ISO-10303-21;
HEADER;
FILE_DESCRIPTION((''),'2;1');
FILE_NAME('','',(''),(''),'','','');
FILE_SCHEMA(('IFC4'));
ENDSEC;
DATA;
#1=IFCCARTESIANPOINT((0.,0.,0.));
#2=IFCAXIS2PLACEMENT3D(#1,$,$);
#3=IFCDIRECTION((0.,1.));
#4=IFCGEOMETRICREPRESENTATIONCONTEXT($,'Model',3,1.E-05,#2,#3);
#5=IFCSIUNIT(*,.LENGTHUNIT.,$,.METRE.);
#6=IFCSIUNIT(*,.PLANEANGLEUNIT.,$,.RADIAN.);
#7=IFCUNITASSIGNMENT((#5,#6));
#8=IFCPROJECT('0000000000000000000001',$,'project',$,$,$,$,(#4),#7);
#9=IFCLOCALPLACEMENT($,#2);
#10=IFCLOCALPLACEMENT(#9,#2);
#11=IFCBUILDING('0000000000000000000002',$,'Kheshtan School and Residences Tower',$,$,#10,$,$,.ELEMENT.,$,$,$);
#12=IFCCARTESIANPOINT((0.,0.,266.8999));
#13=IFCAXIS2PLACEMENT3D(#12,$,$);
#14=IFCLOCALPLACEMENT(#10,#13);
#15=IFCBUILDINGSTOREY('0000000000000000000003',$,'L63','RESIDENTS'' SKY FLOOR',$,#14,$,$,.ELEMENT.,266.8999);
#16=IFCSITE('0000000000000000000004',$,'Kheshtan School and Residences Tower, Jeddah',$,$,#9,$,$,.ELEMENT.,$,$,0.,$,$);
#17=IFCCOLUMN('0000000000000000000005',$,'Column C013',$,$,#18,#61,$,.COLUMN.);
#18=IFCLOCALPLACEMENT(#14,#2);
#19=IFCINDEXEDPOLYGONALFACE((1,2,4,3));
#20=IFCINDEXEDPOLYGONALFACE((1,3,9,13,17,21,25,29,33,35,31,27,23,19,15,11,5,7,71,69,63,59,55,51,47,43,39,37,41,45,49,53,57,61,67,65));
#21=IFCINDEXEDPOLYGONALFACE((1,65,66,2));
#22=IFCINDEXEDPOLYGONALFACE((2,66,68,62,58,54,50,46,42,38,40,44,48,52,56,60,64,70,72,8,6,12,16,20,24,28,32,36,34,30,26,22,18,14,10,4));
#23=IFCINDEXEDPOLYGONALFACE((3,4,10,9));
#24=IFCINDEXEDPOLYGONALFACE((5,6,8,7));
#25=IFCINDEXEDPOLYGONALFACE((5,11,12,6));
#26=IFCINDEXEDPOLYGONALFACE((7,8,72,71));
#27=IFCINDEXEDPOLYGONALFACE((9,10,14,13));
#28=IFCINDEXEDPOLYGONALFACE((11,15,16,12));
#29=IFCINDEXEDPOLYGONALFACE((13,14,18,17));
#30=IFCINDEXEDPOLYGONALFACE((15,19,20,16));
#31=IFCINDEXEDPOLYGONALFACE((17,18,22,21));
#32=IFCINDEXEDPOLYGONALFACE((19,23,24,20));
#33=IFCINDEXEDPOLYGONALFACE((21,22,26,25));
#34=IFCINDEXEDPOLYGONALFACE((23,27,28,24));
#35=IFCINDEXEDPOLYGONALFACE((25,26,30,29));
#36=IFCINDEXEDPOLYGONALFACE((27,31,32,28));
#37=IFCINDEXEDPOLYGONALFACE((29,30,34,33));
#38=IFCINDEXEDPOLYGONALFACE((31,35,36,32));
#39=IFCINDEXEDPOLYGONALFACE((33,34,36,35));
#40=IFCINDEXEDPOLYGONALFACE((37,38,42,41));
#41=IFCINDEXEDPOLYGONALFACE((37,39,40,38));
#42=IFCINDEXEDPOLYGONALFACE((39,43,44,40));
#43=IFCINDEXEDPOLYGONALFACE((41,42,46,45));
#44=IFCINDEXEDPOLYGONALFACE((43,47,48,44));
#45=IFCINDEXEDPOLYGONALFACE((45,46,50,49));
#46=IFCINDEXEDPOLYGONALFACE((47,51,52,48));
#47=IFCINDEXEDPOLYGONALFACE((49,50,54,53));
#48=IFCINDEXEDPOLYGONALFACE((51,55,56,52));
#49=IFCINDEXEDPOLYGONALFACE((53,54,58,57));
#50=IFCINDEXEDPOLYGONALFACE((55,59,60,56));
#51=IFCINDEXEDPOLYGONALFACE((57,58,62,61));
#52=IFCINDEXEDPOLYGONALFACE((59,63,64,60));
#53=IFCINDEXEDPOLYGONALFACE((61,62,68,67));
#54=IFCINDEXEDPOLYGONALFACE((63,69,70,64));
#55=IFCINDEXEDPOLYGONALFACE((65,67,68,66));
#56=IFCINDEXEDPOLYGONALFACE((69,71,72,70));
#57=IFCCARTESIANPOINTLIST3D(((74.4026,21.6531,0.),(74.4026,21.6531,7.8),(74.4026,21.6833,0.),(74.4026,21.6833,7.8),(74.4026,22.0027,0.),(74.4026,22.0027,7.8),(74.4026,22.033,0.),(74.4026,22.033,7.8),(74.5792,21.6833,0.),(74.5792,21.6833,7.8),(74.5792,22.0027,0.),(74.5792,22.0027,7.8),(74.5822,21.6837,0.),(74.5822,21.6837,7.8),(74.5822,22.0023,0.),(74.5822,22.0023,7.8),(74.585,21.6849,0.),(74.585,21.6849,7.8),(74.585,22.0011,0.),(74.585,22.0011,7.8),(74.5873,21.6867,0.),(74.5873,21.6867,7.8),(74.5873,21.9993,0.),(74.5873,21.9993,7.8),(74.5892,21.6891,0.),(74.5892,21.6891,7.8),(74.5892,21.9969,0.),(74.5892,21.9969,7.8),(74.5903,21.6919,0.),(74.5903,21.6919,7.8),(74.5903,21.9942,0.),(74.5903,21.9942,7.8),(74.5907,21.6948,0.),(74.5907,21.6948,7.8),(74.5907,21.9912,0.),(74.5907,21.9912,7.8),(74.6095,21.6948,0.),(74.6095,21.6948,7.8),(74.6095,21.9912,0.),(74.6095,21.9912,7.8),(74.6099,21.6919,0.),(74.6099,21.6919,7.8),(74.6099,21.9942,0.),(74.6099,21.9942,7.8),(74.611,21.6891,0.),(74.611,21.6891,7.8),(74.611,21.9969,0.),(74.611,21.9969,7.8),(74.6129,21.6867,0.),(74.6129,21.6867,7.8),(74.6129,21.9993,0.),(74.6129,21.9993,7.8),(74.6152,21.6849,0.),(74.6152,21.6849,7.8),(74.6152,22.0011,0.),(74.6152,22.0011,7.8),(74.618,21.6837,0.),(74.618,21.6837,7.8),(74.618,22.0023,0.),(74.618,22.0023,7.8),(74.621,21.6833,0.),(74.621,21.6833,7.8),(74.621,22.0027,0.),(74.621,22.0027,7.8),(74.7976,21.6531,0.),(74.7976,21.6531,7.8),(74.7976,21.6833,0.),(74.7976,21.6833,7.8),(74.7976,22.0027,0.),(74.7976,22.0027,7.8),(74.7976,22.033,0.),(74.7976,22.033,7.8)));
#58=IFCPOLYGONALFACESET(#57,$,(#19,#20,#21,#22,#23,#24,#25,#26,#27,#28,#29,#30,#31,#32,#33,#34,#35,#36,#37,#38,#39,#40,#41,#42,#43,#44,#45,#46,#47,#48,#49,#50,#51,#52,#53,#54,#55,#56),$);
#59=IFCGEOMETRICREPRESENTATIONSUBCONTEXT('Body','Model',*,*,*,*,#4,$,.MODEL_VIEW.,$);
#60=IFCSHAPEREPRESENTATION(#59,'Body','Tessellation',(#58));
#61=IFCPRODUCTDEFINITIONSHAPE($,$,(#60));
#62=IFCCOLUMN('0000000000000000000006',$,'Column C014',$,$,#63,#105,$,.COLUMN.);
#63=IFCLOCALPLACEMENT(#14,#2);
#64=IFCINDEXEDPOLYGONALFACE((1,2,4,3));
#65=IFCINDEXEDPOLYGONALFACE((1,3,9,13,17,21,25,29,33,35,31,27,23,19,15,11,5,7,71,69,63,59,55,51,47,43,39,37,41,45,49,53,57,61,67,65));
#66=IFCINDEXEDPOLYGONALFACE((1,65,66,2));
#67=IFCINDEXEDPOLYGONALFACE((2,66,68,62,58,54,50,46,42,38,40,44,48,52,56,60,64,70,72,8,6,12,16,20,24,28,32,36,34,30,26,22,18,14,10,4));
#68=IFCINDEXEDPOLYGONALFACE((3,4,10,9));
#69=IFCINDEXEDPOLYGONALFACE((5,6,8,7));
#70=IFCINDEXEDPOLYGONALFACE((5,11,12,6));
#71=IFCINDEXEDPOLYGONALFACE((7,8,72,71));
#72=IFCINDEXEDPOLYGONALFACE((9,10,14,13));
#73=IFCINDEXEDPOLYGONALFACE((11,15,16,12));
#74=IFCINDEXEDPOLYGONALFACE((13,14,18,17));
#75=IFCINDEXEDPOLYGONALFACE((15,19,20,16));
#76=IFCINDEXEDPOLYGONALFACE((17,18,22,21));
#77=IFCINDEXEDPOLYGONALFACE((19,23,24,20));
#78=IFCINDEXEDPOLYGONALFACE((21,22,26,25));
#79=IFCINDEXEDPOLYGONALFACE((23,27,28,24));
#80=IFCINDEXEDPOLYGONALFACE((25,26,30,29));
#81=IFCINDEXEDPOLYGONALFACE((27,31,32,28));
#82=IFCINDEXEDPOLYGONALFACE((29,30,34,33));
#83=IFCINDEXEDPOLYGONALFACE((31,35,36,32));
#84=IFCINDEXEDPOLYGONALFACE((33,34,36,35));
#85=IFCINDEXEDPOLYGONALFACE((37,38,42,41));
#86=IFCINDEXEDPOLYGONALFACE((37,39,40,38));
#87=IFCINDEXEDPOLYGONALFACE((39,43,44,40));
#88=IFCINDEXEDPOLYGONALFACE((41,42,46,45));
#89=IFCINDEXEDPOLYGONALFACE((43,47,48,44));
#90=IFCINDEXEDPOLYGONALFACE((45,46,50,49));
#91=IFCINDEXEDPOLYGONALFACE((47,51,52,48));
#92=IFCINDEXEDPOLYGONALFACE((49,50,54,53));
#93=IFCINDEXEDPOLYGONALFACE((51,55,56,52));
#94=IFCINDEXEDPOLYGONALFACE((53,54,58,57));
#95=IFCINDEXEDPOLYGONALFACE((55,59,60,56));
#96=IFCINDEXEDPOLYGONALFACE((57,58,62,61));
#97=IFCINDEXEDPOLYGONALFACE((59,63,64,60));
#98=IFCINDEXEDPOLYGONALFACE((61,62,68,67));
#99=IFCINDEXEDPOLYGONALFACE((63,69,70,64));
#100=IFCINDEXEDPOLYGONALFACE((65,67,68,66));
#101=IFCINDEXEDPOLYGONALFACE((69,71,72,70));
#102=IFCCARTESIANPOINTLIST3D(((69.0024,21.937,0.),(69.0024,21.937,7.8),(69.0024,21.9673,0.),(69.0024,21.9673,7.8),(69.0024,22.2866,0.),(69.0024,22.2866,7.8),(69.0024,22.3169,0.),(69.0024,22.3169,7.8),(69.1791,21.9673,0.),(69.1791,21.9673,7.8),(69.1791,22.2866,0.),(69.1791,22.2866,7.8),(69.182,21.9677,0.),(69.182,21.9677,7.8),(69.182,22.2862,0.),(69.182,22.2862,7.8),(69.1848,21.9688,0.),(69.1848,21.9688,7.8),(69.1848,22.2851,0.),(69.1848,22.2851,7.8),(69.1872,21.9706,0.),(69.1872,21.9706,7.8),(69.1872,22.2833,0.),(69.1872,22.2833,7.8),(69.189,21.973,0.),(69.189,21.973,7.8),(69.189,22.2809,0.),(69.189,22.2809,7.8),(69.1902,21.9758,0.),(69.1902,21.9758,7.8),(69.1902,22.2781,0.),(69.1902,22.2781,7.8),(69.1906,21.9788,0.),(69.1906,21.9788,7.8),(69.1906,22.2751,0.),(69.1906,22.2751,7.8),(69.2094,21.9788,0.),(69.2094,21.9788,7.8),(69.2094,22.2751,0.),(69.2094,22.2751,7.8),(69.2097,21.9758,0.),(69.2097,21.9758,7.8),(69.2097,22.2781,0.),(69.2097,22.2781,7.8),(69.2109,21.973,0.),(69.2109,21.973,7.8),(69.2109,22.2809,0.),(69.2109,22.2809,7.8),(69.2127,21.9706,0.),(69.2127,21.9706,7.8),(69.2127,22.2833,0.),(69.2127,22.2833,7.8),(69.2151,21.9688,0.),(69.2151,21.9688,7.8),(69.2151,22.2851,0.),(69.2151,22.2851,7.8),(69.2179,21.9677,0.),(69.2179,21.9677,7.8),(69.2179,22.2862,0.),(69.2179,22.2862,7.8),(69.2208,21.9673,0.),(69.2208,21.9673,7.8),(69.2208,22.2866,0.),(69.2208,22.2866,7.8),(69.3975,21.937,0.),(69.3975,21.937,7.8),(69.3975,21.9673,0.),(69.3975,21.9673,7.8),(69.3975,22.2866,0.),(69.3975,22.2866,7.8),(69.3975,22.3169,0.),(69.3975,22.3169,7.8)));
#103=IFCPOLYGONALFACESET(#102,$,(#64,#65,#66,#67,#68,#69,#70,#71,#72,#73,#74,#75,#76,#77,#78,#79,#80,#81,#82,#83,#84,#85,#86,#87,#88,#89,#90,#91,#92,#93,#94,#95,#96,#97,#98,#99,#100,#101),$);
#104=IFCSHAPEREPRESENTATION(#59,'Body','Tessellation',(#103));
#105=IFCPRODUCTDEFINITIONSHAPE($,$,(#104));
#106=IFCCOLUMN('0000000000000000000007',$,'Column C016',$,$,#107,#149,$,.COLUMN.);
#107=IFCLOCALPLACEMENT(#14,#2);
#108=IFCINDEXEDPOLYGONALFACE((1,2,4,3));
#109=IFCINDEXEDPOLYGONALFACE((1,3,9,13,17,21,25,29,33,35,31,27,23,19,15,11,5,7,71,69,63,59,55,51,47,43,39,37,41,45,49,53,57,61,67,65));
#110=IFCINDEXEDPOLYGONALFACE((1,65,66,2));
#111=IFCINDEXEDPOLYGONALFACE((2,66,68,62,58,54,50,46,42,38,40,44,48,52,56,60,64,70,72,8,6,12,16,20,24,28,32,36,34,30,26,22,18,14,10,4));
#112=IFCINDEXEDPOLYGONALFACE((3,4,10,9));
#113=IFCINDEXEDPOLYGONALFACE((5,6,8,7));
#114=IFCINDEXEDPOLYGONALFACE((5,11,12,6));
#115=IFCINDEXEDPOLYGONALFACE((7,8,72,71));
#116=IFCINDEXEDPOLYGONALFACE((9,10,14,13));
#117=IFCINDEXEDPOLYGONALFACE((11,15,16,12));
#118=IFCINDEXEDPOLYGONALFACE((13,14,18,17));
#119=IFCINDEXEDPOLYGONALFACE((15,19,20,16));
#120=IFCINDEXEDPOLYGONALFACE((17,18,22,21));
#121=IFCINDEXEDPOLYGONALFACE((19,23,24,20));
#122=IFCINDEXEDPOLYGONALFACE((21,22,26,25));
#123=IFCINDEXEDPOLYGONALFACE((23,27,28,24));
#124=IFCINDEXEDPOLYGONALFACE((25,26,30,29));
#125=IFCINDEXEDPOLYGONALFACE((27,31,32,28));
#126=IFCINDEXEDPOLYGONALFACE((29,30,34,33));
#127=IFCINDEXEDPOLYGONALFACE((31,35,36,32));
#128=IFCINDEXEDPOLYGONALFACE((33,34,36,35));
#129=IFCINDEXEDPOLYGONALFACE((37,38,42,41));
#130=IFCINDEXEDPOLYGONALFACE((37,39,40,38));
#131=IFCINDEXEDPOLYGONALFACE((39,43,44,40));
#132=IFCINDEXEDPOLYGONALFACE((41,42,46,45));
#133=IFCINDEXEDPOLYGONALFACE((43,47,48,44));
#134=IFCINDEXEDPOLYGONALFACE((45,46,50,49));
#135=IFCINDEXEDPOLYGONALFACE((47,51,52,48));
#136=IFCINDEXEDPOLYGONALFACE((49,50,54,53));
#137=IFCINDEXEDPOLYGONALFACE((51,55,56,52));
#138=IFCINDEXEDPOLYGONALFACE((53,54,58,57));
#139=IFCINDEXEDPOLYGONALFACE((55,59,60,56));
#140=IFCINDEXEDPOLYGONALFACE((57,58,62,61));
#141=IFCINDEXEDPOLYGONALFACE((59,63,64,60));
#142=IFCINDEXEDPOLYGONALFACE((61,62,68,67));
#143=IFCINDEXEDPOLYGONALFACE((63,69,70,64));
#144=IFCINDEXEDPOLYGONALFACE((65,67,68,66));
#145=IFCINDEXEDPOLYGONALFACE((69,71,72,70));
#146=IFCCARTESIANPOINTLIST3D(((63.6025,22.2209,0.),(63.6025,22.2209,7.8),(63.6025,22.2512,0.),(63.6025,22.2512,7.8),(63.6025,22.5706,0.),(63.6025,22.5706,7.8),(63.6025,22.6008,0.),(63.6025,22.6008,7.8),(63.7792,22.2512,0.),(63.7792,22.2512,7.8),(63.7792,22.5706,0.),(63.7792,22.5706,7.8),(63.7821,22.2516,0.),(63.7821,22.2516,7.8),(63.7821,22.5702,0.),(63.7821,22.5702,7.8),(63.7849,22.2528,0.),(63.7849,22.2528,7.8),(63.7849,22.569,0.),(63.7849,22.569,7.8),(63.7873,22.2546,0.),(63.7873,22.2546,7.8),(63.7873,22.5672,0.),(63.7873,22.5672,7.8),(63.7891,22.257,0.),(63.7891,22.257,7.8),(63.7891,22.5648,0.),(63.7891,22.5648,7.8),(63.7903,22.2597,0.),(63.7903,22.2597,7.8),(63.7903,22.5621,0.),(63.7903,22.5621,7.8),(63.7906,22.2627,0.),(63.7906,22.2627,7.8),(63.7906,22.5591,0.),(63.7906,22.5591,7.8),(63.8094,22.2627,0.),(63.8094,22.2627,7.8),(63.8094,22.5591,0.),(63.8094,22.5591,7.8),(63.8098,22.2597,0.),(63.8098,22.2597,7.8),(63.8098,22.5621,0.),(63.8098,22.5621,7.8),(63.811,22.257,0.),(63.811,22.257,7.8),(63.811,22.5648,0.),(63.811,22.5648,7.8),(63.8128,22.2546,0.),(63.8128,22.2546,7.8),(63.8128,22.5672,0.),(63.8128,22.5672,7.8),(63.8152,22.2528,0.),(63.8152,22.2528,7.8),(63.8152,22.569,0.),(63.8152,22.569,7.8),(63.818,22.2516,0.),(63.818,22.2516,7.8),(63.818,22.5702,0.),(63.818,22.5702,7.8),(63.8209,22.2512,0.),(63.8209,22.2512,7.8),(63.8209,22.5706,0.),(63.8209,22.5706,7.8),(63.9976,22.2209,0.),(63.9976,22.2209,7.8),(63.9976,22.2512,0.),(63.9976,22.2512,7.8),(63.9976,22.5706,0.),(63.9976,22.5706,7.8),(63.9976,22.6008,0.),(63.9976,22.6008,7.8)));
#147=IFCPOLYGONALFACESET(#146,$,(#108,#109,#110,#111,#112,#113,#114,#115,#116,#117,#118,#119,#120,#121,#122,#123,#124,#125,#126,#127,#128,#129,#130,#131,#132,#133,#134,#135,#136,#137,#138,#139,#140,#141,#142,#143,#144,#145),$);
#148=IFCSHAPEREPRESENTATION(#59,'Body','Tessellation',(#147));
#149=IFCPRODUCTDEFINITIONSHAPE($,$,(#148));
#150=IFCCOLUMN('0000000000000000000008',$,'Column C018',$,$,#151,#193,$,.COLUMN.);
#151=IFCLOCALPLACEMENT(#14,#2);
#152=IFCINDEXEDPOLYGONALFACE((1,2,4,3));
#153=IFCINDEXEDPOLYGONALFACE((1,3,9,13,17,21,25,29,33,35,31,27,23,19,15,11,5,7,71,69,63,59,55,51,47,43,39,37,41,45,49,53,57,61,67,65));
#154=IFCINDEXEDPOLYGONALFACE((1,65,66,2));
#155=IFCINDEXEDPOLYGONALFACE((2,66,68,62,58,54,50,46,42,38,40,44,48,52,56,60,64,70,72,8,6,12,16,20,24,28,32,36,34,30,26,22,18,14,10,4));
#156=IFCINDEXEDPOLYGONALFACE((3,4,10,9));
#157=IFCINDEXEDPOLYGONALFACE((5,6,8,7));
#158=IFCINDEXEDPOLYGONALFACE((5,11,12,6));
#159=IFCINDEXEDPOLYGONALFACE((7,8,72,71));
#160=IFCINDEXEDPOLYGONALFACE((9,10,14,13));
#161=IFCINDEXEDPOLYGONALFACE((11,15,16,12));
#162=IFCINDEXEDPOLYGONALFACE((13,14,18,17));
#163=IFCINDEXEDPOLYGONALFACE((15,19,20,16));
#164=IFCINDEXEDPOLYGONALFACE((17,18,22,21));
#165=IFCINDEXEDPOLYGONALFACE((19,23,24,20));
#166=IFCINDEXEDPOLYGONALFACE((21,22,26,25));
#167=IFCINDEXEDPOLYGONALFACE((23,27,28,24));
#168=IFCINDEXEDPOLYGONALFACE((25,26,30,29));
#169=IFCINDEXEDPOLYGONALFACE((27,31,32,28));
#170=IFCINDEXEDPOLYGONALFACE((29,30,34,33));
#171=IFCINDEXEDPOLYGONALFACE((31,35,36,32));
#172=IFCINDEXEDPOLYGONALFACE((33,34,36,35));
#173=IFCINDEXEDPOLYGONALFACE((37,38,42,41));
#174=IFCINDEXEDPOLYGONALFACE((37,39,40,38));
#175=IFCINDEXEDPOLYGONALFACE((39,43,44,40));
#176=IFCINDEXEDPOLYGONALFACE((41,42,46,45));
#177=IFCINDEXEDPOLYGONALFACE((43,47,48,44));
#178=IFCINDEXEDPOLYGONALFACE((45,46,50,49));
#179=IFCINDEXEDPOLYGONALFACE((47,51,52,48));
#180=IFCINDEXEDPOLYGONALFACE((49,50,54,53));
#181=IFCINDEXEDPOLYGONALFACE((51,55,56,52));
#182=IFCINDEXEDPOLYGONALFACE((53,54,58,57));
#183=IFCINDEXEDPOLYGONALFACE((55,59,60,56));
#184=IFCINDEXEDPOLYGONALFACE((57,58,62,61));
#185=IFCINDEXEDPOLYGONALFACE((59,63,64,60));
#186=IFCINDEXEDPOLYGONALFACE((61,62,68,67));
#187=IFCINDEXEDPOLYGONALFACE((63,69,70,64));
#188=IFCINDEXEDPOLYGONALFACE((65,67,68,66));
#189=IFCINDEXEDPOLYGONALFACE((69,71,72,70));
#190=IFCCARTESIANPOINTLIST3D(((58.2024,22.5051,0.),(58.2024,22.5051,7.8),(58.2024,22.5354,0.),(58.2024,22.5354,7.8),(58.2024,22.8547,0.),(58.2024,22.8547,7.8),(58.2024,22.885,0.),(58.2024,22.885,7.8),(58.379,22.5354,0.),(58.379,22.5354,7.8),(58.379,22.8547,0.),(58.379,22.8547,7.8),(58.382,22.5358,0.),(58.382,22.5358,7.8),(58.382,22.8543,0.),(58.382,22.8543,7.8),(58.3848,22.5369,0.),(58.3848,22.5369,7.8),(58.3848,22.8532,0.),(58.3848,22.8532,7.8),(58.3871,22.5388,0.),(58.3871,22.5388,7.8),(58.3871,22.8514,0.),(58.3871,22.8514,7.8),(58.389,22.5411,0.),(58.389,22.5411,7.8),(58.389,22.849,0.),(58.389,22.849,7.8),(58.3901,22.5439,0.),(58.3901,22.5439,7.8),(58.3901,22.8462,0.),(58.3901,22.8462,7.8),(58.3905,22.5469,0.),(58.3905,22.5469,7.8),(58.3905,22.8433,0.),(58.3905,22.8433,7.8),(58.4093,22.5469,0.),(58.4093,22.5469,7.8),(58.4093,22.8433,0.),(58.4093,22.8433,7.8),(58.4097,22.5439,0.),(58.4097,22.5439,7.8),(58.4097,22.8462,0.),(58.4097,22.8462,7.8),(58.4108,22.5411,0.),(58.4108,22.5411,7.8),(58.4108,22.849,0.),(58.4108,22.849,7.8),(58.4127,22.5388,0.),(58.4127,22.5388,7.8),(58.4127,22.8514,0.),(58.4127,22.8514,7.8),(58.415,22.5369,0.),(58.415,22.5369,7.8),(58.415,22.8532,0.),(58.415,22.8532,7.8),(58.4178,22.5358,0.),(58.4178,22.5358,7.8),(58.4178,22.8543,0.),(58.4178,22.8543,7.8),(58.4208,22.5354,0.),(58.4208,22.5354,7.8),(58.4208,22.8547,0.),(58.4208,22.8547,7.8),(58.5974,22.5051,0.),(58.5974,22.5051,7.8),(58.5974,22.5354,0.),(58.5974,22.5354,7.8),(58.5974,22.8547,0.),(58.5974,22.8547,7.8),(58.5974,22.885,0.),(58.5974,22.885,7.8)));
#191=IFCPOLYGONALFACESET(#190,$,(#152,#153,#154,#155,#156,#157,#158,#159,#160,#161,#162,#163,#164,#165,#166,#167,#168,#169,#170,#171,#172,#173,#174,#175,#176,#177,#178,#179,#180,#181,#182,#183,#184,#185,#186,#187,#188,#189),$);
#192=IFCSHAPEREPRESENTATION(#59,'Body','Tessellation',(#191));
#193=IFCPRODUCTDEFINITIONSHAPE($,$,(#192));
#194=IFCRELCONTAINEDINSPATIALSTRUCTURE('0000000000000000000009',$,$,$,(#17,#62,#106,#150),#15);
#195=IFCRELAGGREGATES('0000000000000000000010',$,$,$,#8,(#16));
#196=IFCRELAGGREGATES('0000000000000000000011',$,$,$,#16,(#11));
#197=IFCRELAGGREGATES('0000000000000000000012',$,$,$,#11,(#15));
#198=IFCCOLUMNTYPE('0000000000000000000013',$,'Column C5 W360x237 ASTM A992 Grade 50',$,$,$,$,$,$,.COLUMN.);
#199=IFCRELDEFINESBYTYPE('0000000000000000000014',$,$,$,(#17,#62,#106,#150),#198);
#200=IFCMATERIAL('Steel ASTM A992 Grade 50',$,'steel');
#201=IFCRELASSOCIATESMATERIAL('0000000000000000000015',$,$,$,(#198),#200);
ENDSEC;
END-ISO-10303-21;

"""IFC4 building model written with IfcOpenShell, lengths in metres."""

from ifc_helpers import new_model, si_unit, direction, frame, origin, origin_2d, place, context, subcontext, project, spatial, i_section, extrude, material, material_profile, profile_set, type_object, element, save


model = new_model("IFC4")

# Units and contexts
model_context = context("Model", 3, precision=1e-05, world=origin(), true_north=direction((0.0, 1.0)))
body_context = subcontext(model_context, "Body", "Model", "MODEL_VIEW")
ifc_project = project(units=[si_unit("LENGTHUNIT", "METRE"), si_unit("PLANEANGLEUNIT", "RADIAN")], contexts=[model_context])

# Site, building, storey
site_placement = place(None, origin())
site = spatial("IfcSite", under=ifc_project, at=site_placement, Name="Kheshtan School and Residences Tower, Jeddah", CompositionType="ELEMENT", RefElevation=0.0)
building_placement = place(site_placement, origin())
building = spatial("IfcBuilding", under=site, at=building_placement, Name="Kheshtan School and Residences Tower", CompositionType="ELEMENT")
storey_placement = place(building_placement, frame((0.0, 0.0, 266.8999)))
storey = spatial("IfcBuildingStorey", under=building, at=storey_placement, Name="L63", Description="RESIDENTS' SKY FLOOR", CompositionType="ELEMENT", Elevation=266.8999)

# Columns
ifc_material_1 = material(Name="Steel ASTM A992 Grade 50", Category="steel")
ifc_material_profile_1 = material_profile(ifc_material_1, i_section(OverallWidth=0.395, OverallDepth=0.3799, WebThickness=0.0188, FlangeThickness=0.0303, FilletRadius=0.0115, at=origin_2d()), Name="W360x237")
ifc_profile_set_1 = profile_set([ifc_material_profile_1], Name="Steel ASTM A992 Grade 50")
column_type = type_object("IfcColumnType", Name="Column C5 W360x237 ASTM A992 Grade 50", PredefinedType="COLUMN", material=ifc_profile_set_1)
for number, where, z_axis, x_axis, name in (
    (1, (74.6001, 21.843, 0.0), (0.0, 0.0, 1.0), (1.0, 0.0, 0.0), "Column C013"),
    (2, (69.2, 22.127, 0.0), (0.0, 0.0, 1.0), (1.0, 0.0, 0.0), "Column C014"),
    (3, (63.8, 22.4109, 0.0), (0.0, 0.0, 1.0), (1.0, 0.0, 0.0), "Column C016"),
    (4, (58.3999, 22.6951, 0.0), (0.0, 0.0, 1.0), (1.0, 0.0, 0.0), "Column C018"),
):
    element("IfcColumn", number, at=place(storey_placement, frame(where, z_axis=z_axis, x_axis=x_axis)), inside=storey, type_object=column_type, Name=name, PredefinedType="COLUMN", context=body_context, shape_type="SweptSolid", body=[
        extrude(i_section(OverallWidth=0.395, OverallDepth=0.3799, WebThickness=0.0188, FlangeThickness=0.0303, FilletRadius=0.0115, at=origin_2d()), origin(), (0.0, 0.0, 1.0), 7.8),
    ])

save(model, "model.ifc")
